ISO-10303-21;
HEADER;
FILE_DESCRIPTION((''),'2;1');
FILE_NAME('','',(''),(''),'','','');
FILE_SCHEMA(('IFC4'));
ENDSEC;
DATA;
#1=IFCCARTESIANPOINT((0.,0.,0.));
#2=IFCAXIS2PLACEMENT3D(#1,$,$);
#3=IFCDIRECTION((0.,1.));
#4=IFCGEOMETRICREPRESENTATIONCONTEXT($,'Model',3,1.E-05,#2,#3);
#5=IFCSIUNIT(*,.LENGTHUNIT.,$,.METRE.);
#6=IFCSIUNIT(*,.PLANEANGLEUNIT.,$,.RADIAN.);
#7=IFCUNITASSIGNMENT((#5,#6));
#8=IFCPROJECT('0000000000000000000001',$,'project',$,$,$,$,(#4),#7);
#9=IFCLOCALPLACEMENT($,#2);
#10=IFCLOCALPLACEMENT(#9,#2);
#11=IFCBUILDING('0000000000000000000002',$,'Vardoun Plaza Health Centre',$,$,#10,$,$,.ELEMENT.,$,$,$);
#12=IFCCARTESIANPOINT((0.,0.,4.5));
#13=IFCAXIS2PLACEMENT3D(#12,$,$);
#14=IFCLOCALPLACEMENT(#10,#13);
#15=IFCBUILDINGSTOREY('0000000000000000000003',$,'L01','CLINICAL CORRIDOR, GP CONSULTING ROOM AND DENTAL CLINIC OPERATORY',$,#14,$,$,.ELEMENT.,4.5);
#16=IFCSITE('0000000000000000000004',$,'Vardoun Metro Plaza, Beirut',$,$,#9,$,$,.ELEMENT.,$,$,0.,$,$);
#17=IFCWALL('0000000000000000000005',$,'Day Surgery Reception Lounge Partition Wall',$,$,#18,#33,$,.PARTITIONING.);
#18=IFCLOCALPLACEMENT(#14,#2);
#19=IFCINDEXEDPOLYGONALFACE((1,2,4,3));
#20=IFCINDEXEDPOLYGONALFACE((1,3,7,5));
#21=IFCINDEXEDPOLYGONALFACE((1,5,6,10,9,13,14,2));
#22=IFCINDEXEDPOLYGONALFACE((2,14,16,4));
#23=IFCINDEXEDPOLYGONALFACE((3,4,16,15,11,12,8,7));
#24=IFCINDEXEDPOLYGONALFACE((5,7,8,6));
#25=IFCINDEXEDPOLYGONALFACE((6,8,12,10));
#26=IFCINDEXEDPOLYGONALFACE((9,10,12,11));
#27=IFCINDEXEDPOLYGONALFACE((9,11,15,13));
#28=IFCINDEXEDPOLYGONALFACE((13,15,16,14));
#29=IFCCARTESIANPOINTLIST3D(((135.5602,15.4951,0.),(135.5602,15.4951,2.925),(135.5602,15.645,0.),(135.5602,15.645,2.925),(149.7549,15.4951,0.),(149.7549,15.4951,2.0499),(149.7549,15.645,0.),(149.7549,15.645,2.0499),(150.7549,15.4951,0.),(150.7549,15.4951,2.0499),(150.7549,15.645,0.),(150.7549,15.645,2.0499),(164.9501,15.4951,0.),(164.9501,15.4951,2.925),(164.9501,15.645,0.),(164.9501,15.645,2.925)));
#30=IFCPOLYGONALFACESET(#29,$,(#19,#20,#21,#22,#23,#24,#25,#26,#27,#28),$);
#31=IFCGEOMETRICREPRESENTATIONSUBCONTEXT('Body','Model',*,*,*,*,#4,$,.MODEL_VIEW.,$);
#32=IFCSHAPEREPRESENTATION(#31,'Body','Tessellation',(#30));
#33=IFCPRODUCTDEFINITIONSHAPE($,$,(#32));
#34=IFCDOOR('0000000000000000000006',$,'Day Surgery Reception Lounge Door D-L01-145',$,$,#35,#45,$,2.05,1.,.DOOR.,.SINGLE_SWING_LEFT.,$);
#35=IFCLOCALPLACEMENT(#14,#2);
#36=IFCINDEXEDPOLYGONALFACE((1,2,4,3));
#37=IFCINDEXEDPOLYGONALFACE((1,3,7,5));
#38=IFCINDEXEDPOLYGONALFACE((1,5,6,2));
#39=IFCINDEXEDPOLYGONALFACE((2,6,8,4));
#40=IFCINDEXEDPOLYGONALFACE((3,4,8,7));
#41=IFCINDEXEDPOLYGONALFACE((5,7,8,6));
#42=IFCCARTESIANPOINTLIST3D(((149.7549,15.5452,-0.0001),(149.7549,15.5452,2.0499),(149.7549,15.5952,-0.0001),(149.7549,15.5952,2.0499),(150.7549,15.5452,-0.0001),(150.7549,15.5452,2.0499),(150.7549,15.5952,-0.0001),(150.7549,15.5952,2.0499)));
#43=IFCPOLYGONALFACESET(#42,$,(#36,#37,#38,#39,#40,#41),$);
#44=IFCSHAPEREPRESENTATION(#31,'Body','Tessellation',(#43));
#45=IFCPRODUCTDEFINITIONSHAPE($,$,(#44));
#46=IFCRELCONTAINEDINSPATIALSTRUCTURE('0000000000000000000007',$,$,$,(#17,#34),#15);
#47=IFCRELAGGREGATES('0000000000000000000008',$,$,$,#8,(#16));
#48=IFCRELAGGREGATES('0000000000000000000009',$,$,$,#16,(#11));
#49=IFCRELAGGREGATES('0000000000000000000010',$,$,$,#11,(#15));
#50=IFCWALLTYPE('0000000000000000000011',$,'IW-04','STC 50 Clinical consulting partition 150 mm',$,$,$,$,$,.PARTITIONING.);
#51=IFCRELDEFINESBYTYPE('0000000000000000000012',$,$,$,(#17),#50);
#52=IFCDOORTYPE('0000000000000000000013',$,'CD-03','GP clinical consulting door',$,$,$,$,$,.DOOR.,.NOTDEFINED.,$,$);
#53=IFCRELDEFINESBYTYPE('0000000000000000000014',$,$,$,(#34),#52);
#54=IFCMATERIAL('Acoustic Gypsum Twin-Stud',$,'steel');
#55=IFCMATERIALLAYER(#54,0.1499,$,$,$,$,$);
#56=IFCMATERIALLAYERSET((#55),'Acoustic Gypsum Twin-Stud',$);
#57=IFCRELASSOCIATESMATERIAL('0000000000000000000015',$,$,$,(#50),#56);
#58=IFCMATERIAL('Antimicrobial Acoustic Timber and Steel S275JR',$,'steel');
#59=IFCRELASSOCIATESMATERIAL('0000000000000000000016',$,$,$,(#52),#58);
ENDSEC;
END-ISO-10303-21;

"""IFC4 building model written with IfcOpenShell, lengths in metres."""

from ifc_helpers import new_model, si_unit, direction, frame, frame_2d, origin, place, context, subcontext, project, spatial, rectangle, extrude, material, layer, layer_set, type_object, element, fill, save


model = new_model("IFC4")

# Units and contexts
model_context = context("Model", 3, precision=1e-05, world=origin(), true_north=direction((0.0, 1.0)))
body_context = subcontext(model_context, "Body", "Model", "MODEL_VIEW")
ifc_project = project(units=[si_unit("LENGTHUNIT", "METRE"), si_unit("PLANEANGLEUNIT", "RADIAN")], contexts=[model_context])

# Site, building, storey
site_placement = place(None, origin())
site = spatial("IfcSite", under=ifc_project, at=site_placement, Name="Vardoun Metro Plaza, Beirut", CompositionType="ELEMENT", RefElevation=0.0)
building_placement = place(site_placement, origin())
building = spatial("IfcBuilding", under=site, at=building_placement, Name="Vardoun Plaza Health Centre", CompositionType="ELEMENT")
storey_placement = place(building_placement, frame((0.0, 0.0, 4.5)))
storey = spatial("IfcBuildingStorey", under=building, at=storey_placement, Name="L01", Description="CLINICAL CORRIDOR, GP CONSULTING ROOM AND DENTAL CLINIC OPERATORY", CompositionType="ELEMENT", Elevation=4.5)

# Wall, opening, door
ifc_material_1 = material(Name="Acoustic Gypsum Twin-Stud", Category="steel")
ifc_layer_1 = layer(ifc_material_1, 0.1499)
ifc_layer_set_1 = layer_set([ifc_layer_1], Name="Acoustic Gypsum Twin-Stud")
wall_type_1 = type_object("IfcWallType", Name="IW-04", Description="STC 50 Clinical consulting partition 150 mm", PredefinedType="PARTITIONING", material=ifc_layer_set_1)
wall_1_placement = place(storey_placement, frame((164.95, 15.5701, 0.0), z_axis=(0.0, 0.0, 1.0), x_axis=(-1.0, 0.0, 0.0)))
wall_1 = element("IfcWall", 1, at=wall_1_placement, inside=storey, type_object=wall_type_1, Name="Day Surgery Reception Lounge Partition Wall", PredefinedType="PARTITIONING", context=body_context, shape_type="SweptSolid", body=[
    extrude(rectangle(XDim=29.3899, YDim=0.1499, at=frame_2d((14.6948, 0.0))), origin(), (0.0, 0.0, 1.0), 2.925),
])
opening_1_placement = place(wall_1_placement, frame((14.1951, 0.0, 0.0)))
opening_1 = element("IfcOpeningElement", 2, at=opening_1_placement, cuts=wall_1, PredefinedType="OPENING", context=body_context, shape_type="SweptSolid", body=[
    extrude(rectangle(XDim=1.0, YDim=2.05, at=frame_2d((0.5, 1.0249))), frame((0.0, 0.075, 0.0), z_axis=(0.0, -1.0, 0.0), x_axis=(1.0, 0.0, 0.0)), (0.0, 0.0, 1.0), 0.1499),
])
ifc_material_2 = material(Name="Antimicrobial Acoustic Timber and Steel S275JR", Category="steel")
door_type = type_object("IfcDoorType", Name="CD-03", Description="GP clinical consulting door", OperationType="NOTDEFINED", PredefinedType="DOOR", material=ifc_material_2)
door_placement = place(opening_1_placement, origin())
door = element("IfcDoor", 3, at=door_placement, inside=storey, type_object=door_type, Name="Day Surgery Reception Lounge Door D-L01-145", OperationType="SINGLE_SWING_LEFT", OverallHeight=2.05, OverallWidth=1.0, PredefinedType="DOOR", context=body_context, shape_type="SweptSolid", body=[
    extrude(rectangle(XDim=1.0, YDim=2.05, at=frame_2d((0.5, 1.0249))), frame((0.0, 0.0249, 0.0), z_axis=(0.0, -1.0, 0.0), x_axis=(1.0, 0.0, 0.0)), (0.0, 0.0, 1.0), 0.05),
])
fill(opening_1, door)

save(model, "model.ifc")
